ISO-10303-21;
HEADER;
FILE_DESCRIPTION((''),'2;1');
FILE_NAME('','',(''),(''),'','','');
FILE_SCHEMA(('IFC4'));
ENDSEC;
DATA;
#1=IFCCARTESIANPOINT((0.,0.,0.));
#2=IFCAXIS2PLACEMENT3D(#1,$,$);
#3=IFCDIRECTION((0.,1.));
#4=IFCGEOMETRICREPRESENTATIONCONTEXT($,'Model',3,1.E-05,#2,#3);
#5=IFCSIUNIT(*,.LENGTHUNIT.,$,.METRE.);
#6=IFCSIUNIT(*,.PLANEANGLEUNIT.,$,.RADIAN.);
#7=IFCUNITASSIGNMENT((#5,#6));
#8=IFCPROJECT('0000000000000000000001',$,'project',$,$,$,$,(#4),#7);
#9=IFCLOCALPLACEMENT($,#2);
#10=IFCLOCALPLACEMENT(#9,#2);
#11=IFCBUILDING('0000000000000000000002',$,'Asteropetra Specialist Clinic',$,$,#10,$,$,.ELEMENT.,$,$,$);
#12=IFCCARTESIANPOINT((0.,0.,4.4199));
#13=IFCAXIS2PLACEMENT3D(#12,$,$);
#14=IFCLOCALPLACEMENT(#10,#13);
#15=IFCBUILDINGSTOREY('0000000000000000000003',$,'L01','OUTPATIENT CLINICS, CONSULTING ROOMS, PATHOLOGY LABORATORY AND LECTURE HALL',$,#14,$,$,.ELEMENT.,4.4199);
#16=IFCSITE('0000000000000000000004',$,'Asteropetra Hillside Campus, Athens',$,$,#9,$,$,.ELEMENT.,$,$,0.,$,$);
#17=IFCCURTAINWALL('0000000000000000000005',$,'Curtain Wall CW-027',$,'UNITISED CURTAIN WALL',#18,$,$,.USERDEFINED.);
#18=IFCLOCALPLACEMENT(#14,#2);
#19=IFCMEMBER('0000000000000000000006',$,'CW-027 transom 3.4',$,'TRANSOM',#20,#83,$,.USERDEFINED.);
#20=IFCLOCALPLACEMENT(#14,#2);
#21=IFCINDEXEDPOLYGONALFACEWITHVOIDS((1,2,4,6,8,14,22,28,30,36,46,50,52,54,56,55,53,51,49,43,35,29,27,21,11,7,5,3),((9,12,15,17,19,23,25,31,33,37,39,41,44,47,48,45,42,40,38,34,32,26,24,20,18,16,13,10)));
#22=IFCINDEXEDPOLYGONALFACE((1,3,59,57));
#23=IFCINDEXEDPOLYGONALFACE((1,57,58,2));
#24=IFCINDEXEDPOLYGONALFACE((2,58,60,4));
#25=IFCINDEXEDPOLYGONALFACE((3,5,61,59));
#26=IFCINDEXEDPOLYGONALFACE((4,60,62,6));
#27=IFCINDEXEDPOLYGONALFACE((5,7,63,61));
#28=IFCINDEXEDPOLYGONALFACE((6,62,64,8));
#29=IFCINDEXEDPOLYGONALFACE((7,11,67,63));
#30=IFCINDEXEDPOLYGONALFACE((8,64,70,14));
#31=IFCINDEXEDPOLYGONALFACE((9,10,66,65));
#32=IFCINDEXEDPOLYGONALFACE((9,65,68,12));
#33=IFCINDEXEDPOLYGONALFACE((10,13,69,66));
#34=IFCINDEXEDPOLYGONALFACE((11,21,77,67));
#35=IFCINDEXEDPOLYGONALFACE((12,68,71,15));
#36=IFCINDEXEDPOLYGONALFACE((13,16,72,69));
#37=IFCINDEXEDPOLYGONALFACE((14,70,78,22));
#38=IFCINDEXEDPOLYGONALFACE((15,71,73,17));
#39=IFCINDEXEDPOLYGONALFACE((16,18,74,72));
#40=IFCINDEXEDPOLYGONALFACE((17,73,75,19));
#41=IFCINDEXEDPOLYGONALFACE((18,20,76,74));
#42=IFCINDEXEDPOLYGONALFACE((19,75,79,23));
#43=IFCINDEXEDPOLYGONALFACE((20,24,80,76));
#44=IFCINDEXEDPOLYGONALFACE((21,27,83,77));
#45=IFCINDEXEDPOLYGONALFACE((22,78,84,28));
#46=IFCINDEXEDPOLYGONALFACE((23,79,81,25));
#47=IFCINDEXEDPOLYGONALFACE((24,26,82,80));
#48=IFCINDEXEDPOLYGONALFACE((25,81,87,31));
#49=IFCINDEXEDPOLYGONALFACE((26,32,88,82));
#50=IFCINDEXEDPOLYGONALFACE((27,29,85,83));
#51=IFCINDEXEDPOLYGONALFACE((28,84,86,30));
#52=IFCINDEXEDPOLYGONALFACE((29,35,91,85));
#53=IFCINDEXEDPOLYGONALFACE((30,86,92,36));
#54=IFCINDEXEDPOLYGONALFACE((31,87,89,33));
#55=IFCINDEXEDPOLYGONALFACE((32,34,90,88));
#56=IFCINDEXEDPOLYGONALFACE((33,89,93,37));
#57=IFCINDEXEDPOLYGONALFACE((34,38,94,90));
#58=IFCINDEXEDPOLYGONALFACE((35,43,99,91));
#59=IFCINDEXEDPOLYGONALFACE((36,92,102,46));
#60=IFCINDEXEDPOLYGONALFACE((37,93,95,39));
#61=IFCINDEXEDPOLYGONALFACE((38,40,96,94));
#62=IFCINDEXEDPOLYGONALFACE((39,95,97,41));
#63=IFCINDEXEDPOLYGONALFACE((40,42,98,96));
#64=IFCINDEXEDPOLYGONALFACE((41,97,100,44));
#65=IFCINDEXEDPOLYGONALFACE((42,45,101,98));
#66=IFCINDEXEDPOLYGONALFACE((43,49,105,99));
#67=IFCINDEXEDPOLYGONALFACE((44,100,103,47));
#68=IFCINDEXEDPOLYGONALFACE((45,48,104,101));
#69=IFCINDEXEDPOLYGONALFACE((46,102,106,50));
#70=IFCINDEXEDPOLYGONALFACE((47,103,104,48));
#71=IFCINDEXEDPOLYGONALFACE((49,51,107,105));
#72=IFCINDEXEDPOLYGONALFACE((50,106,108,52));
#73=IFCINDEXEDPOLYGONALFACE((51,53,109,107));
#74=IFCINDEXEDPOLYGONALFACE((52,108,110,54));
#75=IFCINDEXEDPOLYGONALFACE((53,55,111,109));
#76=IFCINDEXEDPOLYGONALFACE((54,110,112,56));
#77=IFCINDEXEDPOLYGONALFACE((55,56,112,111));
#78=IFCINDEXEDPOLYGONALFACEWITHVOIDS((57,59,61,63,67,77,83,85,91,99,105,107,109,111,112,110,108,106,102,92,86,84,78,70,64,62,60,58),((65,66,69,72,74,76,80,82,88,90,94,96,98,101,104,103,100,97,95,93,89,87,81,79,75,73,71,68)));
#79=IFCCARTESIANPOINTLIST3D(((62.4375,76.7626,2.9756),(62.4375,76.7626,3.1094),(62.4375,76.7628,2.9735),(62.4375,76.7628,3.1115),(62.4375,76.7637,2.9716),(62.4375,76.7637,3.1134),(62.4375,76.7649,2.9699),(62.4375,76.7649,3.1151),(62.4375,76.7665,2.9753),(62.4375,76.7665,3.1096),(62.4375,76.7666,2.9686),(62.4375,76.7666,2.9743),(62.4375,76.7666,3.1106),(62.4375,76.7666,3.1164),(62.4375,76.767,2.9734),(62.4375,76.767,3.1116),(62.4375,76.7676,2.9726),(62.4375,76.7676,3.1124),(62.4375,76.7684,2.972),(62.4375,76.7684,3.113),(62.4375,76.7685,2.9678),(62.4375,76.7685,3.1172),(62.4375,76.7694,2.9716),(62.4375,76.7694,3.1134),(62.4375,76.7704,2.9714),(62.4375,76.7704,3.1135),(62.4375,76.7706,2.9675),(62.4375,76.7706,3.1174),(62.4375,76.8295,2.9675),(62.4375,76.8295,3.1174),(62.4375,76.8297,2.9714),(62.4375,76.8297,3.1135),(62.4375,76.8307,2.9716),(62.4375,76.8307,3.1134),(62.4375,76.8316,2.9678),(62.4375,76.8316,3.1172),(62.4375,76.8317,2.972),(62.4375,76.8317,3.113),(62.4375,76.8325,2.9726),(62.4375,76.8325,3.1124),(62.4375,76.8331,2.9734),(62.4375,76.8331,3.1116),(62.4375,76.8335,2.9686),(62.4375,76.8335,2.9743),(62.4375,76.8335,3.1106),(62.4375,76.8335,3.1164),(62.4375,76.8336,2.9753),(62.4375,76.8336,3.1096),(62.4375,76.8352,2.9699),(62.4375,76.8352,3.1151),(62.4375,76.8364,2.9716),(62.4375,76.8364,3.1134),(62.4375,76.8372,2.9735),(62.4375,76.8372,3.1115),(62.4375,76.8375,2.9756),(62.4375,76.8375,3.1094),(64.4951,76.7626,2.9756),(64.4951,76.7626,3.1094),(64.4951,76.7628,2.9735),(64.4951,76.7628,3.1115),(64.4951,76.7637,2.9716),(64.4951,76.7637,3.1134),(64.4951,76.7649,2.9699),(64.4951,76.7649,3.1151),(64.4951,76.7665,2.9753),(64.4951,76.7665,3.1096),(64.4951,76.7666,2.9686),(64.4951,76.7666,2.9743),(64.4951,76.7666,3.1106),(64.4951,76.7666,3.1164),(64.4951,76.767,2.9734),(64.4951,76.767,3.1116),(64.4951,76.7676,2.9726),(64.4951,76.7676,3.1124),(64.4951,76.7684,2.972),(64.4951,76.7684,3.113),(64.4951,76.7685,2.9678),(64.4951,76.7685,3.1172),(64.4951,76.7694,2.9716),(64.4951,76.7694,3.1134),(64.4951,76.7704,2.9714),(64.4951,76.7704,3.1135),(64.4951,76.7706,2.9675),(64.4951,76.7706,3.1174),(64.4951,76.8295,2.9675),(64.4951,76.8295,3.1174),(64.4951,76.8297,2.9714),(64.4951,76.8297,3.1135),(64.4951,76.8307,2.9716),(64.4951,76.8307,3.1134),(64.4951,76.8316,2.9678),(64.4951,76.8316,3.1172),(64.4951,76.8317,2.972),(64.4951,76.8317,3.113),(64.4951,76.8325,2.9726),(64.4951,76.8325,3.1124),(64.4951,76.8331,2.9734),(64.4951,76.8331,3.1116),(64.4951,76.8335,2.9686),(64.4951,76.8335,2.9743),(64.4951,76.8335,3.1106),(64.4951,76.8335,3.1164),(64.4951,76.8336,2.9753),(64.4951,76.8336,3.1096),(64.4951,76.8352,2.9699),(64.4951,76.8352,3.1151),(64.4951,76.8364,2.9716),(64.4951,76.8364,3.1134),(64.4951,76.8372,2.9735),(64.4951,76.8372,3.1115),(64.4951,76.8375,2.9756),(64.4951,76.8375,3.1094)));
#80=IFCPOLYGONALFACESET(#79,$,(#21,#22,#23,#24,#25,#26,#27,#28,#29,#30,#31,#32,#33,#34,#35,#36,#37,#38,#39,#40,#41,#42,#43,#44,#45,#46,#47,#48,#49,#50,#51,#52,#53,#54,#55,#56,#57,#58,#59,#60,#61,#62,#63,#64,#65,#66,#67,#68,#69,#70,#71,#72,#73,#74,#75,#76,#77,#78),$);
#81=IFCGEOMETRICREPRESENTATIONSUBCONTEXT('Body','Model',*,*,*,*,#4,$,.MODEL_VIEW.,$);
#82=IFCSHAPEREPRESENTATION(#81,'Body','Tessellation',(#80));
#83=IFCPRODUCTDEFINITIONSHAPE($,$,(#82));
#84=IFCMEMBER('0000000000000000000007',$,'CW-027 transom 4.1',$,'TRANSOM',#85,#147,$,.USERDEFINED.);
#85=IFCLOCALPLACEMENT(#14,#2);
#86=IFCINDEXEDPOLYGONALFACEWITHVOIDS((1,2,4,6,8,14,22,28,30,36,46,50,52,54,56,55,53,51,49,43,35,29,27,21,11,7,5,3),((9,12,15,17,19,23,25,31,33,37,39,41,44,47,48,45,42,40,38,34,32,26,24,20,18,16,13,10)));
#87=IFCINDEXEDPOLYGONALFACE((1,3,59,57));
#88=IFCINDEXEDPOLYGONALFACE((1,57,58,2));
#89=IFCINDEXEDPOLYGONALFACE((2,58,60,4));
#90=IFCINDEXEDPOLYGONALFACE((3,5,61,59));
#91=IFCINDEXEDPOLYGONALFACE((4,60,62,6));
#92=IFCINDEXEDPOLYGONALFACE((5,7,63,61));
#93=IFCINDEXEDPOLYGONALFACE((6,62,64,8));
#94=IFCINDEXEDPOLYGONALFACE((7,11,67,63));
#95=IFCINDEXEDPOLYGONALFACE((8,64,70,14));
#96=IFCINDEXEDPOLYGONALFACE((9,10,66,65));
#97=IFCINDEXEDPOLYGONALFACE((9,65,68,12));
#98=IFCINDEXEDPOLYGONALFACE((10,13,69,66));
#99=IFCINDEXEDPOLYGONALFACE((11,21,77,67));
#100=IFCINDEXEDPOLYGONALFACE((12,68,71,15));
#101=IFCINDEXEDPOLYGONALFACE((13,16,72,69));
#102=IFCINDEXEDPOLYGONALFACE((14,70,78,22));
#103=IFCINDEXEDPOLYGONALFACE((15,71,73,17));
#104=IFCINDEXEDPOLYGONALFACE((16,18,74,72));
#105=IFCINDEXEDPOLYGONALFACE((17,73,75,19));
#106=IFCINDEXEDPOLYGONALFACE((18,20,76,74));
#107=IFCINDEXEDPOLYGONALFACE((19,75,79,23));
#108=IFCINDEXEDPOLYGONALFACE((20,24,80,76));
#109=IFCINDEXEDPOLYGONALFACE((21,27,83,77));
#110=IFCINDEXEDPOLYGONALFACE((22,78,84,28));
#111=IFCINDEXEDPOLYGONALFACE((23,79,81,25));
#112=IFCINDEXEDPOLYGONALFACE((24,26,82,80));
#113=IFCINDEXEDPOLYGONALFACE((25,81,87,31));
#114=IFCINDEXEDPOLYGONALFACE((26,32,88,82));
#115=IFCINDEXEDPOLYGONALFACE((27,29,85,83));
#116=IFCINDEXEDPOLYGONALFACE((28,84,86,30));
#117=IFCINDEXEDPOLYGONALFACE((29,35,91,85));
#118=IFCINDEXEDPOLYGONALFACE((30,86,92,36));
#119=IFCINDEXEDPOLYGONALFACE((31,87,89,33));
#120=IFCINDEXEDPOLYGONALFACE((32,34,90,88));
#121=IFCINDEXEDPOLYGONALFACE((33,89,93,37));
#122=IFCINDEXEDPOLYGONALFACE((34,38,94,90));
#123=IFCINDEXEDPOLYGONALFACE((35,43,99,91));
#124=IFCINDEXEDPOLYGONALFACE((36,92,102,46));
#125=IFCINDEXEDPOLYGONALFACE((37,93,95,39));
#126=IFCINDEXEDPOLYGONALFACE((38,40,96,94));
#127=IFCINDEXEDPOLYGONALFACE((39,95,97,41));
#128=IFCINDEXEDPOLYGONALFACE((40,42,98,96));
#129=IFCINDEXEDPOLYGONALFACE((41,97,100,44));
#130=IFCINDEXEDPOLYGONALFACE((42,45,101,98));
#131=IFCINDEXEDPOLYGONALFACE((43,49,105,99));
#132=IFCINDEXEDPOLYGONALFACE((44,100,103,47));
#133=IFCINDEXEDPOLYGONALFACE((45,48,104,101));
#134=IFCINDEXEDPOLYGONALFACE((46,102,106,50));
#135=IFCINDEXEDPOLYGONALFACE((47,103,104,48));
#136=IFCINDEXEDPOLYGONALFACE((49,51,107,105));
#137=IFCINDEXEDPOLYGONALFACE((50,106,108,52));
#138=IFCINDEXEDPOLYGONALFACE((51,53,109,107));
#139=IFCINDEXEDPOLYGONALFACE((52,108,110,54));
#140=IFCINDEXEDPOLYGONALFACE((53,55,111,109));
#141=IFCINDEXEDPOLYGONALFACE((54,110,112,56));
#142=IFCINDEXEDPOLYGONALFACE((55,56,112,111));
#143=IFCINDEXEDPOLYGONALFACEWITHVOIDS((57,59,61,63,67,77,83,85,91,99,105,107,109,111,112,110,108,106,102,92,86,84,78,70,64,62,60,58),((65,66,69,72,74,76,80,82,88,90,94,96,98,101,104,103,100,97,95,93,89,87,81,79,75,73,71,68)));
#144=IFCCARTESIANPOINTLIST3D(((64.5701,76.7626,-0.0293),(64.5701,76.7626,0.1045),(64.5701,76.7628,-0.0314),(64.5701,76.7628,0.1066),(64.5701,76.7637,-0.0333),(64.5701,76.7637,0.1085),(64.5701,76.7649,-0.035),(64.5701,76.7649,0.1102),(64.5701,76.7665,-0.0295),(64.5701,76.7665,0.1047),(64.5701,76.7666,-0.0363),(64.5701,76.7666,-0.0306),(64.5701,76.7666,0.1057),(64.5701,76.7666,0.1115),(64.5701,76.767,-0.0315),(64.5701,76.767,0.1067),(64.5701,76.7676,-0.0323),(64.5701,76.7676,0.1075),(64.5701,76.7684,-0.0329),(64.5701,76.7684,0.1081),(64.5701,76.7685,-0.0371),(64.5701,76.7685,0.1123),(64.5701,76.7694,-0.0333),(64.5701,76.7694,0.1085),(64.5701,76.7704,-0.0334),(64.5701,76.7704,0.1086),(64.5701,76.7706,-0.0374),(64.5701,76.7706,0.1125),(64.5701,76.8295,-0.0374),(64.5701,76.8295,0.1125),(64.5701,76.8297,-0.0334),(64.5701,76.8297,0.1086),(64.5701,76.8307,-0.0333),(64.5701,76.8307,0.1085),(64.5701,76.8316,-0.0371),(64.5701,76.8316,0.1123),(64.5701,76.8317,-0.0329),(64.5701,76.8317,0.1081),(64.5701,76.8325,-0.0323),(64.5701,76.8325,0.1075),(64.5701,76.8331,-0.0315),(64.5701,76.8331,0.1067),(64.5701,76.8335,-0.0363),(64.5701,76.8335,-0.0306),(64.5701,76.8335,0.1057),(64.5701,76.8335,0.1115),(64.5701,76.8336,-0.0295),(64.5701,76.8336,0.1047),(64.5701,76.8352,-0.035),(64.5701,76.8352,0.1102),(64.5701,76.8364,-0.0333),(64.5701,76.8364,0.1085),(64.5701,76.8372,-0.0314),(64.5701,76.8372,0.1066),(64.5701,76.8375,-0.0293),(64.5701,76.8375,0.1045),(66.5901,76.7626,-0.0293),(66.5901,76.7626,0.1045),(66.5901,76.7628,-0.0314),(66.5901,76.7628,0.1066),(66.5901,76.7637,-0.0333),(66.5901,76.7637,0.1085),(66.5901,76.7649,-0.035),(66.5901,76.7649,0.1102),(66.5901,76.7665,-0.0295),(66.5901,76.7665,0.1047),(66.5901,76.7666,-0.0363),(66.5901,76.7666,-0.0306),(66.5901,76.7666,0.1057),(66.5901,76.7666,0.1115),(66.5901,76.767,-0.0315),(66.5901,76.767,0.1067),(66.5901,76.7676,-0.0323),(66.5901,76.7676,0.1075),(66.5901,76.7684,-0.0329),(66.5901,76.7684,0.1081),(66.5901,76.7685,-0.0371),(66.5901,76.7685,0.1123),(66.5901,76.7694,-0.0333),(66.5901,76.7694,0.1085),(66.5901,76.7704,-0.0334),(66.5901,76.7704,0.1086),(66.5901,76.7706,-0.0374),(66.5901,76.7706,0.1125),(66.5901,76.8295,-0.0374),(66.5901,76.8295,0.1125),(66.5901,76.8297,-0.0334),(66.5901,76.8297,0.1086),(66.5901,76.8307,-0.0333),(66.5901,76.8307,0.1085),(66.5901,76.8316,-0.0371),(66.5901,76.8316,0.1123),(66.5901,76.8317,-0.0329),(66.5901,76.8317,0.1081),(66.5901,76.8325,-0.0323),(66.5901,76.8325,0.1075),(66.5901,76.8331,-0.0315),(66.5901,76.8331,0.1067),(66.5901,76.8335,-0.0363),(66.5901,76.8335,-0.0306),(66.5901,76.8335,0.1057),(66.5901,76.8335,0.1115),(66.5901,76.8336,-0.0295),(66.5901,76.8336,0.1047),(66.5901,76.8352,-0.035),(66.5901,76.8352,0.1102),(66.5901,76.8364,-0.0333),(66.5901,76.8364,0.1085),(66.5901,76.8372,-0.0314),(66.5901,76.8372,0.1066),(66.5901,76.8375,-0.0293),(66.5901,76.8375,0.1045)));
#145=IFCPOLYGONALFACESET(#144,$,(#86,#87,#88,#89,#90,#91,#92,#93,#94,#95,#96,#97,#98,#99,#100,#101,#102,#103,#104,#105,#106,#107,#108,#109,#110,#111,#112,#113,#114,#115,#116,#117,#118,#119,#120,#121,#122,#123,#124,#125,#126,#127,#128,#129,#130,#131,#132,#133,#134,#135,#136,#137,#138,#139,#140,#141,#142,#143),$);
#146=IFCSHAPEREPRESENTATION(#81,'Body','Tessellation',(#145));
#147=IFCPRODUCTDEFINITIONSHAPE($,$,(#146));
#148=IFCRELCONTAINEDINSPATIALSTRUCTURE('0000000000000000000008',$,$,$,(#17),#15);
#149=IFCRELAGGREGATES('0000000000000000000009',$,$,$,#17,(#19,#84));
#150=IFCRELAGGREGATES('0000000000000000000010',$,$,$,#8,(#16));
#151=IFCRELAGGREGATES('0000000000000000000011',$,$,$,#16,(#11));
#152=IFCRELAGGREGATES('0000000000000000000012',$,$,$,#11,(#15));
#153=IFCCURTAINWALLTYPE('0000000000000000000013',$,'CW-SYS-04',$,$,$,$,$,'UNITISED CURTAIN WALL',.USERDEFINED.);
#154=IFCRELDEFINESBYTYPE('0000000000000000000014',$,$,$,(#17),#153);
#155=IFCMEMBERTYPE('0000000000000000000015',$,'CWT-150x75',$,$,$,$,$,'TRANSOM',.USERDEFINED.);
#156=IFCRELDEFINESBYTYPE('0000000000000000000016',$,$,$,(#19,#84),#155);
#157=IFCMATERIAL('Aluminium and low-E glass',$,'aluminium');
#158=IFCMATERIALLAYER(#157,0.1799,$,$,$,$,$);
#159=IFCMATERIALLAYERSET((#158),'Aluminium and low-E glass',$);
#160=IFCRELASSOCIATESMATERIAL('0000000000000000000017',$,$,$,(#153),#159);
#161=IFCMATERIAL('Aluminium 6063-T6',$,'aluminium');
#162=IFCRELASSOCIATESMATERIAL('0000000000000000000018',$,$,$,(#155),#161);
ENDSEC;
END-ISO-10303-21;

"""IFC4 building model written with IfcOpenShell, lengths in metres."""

from ifc_helpers import new_model, si_unit, direction, frame, origin, origin_2d, place, context, subcontext, project, spatial, hollow_rectangle, extrude, material, layer, layer_set, material_profile, profile_set, type_object, element, aggregate, save


model = new_model("IFC4")

# Units and contexts
model_context = context("Model", 3, precision=1e-05, world=origin(), true_north=direction((0.0, 1.0)))
body_context = subcontext(model_context, "Body", "Model", "MODEL_VIEW")
ifc_project = project(units=[si_unit("LENGTHUNIT", "METRE"), si_unit("PLANEANGLEUNIT", "RADIAN")], contexts=[model_context])

# Site, building, storey
site_placement = place(None, origin())
site = spatial("IfcSite", under=ifc_project, at=site_placement, Name="Asteropetra Hillside Campus, Athens", CompositionType="ELEMENT", RefElevation=0.0)
building_placement = place(site_placement, origin())
building = spatial("IfcBuilding", under=site, at=building_placement, Name="Asteropetra Specialist Clinic", CompositionType="ELEMENT")
storey_placement = place(building_placement, frame((0.0, 0.0, 4.4199)))
storey = spatial("IfcBuildingStorey", under=building, at=storey_placement, Name="L01", Description="OUTPATIENT CLINICS, CONSULTING ROOMS, PATHOLOGY LABORATORY AND LECTURE HALL", CompositionType="ELEMENT", Elevation=4.4199)

# Curtain wall, members
ifc_material_1 = material(Name="Aluminium and low-E glass", Category="aluminium")
ifc_layer_1 = layer(ifc_material_1, 0.1799)
ifc_layer_set_1 = layer_set([ifc_layer_1], Name="Aluminium and low-E glass")
curtain_wall_type = type_object("IfcCurtainWallType", Name="CW-SYS-04", ElementType="UNITISED CURTAIN WALL", PredefinedType="USERDEFINED", material=ifc_layer_set_1)
curtain_wall_placement = place(storey_placement, origin())
curtain_wall = element("IfcCurtainWall", 1, at=curtain_wall_placement, inside=storey, type_object=curtain_wall_type, Name="Curtain Wall CW-027", ObjectType="UNITISED CURTAIN WALL", PredefinedType="USERDEFINED")
ifc_material_2 = material(Name="Aluminium 6063-T6", Category="aluminium")
ifc_material_profile_1 = material_profile(ifc_material_2, hollow_rectangle(XDim=0.075, YDim=0.1499, WallThickness=0.0039, InnerFilletRadius=0.0039, OuterFilletRadius=0.0081, at=origin_2d()), Name="TRN 150x75x4.0")
ifc_profile_set_1 = profile_set([ifc_material_profile_1], Name="Aluminium 6063-T6")
member_type_1 = type_object("IfcMemberType", Name="CWT-150x75", ElementType="TRANSOM", PredefinedType="USERDEFINED", material=ifc_profile_set_1)
member_1_placement = place(storey_placement, frame((62.4375, 76.8, 3.0425), z_axis=(1.0, 0.0, 0.0), x_axis=(0.0, 1.0, 0.0)))
member_1 = element("IfcMember", 2, at=member_1_placement, type_object=member_type_1, Name="CW-027 transom 3.4", ObjectType="TRANSOM", PredefinedType="USERDEFINED", context=body_context, shape_type="SweptSolid", body=[
    extrude(hollow_rectangle(XDim=0.075, YDim=0.1499, WallThickness=0.0039, InnerFilletRadius=0.0039, OuterFilletRadius=0.0081, at=origin_2d()), origin(), (0.0, 0.0, 1.0), 2.0576),
])
member_2_placement = place(storey_placement, frame((64.5701, 76.8, 0.0376), z_axis=(1.0, 0.0, 0.0), x_axis=(0.0, 1.0, 0.0)))
member_2 = element("IfcMember", 3, at=member_2_placement, type_object=member_type_1, Name="CW-027 transom 4.1", ObjectType="TRANSOM", PredefinedType="USERDEFINED", context=body_context, shape_type="SweptSolid", body=[
    extrude(hollow_rectangle(XDim=0.075, YDim=0.1499, WallThickness=0.0039, InnerFilletRadius=0.0039, OuterFilletRadius=0.0081, at=origin_2d()), origin(), (0.0, 0.0, 1.0), 2.02),
])
aggregate(curtain_wall, [member_1, member_2])

save(model, "model.ifc")
